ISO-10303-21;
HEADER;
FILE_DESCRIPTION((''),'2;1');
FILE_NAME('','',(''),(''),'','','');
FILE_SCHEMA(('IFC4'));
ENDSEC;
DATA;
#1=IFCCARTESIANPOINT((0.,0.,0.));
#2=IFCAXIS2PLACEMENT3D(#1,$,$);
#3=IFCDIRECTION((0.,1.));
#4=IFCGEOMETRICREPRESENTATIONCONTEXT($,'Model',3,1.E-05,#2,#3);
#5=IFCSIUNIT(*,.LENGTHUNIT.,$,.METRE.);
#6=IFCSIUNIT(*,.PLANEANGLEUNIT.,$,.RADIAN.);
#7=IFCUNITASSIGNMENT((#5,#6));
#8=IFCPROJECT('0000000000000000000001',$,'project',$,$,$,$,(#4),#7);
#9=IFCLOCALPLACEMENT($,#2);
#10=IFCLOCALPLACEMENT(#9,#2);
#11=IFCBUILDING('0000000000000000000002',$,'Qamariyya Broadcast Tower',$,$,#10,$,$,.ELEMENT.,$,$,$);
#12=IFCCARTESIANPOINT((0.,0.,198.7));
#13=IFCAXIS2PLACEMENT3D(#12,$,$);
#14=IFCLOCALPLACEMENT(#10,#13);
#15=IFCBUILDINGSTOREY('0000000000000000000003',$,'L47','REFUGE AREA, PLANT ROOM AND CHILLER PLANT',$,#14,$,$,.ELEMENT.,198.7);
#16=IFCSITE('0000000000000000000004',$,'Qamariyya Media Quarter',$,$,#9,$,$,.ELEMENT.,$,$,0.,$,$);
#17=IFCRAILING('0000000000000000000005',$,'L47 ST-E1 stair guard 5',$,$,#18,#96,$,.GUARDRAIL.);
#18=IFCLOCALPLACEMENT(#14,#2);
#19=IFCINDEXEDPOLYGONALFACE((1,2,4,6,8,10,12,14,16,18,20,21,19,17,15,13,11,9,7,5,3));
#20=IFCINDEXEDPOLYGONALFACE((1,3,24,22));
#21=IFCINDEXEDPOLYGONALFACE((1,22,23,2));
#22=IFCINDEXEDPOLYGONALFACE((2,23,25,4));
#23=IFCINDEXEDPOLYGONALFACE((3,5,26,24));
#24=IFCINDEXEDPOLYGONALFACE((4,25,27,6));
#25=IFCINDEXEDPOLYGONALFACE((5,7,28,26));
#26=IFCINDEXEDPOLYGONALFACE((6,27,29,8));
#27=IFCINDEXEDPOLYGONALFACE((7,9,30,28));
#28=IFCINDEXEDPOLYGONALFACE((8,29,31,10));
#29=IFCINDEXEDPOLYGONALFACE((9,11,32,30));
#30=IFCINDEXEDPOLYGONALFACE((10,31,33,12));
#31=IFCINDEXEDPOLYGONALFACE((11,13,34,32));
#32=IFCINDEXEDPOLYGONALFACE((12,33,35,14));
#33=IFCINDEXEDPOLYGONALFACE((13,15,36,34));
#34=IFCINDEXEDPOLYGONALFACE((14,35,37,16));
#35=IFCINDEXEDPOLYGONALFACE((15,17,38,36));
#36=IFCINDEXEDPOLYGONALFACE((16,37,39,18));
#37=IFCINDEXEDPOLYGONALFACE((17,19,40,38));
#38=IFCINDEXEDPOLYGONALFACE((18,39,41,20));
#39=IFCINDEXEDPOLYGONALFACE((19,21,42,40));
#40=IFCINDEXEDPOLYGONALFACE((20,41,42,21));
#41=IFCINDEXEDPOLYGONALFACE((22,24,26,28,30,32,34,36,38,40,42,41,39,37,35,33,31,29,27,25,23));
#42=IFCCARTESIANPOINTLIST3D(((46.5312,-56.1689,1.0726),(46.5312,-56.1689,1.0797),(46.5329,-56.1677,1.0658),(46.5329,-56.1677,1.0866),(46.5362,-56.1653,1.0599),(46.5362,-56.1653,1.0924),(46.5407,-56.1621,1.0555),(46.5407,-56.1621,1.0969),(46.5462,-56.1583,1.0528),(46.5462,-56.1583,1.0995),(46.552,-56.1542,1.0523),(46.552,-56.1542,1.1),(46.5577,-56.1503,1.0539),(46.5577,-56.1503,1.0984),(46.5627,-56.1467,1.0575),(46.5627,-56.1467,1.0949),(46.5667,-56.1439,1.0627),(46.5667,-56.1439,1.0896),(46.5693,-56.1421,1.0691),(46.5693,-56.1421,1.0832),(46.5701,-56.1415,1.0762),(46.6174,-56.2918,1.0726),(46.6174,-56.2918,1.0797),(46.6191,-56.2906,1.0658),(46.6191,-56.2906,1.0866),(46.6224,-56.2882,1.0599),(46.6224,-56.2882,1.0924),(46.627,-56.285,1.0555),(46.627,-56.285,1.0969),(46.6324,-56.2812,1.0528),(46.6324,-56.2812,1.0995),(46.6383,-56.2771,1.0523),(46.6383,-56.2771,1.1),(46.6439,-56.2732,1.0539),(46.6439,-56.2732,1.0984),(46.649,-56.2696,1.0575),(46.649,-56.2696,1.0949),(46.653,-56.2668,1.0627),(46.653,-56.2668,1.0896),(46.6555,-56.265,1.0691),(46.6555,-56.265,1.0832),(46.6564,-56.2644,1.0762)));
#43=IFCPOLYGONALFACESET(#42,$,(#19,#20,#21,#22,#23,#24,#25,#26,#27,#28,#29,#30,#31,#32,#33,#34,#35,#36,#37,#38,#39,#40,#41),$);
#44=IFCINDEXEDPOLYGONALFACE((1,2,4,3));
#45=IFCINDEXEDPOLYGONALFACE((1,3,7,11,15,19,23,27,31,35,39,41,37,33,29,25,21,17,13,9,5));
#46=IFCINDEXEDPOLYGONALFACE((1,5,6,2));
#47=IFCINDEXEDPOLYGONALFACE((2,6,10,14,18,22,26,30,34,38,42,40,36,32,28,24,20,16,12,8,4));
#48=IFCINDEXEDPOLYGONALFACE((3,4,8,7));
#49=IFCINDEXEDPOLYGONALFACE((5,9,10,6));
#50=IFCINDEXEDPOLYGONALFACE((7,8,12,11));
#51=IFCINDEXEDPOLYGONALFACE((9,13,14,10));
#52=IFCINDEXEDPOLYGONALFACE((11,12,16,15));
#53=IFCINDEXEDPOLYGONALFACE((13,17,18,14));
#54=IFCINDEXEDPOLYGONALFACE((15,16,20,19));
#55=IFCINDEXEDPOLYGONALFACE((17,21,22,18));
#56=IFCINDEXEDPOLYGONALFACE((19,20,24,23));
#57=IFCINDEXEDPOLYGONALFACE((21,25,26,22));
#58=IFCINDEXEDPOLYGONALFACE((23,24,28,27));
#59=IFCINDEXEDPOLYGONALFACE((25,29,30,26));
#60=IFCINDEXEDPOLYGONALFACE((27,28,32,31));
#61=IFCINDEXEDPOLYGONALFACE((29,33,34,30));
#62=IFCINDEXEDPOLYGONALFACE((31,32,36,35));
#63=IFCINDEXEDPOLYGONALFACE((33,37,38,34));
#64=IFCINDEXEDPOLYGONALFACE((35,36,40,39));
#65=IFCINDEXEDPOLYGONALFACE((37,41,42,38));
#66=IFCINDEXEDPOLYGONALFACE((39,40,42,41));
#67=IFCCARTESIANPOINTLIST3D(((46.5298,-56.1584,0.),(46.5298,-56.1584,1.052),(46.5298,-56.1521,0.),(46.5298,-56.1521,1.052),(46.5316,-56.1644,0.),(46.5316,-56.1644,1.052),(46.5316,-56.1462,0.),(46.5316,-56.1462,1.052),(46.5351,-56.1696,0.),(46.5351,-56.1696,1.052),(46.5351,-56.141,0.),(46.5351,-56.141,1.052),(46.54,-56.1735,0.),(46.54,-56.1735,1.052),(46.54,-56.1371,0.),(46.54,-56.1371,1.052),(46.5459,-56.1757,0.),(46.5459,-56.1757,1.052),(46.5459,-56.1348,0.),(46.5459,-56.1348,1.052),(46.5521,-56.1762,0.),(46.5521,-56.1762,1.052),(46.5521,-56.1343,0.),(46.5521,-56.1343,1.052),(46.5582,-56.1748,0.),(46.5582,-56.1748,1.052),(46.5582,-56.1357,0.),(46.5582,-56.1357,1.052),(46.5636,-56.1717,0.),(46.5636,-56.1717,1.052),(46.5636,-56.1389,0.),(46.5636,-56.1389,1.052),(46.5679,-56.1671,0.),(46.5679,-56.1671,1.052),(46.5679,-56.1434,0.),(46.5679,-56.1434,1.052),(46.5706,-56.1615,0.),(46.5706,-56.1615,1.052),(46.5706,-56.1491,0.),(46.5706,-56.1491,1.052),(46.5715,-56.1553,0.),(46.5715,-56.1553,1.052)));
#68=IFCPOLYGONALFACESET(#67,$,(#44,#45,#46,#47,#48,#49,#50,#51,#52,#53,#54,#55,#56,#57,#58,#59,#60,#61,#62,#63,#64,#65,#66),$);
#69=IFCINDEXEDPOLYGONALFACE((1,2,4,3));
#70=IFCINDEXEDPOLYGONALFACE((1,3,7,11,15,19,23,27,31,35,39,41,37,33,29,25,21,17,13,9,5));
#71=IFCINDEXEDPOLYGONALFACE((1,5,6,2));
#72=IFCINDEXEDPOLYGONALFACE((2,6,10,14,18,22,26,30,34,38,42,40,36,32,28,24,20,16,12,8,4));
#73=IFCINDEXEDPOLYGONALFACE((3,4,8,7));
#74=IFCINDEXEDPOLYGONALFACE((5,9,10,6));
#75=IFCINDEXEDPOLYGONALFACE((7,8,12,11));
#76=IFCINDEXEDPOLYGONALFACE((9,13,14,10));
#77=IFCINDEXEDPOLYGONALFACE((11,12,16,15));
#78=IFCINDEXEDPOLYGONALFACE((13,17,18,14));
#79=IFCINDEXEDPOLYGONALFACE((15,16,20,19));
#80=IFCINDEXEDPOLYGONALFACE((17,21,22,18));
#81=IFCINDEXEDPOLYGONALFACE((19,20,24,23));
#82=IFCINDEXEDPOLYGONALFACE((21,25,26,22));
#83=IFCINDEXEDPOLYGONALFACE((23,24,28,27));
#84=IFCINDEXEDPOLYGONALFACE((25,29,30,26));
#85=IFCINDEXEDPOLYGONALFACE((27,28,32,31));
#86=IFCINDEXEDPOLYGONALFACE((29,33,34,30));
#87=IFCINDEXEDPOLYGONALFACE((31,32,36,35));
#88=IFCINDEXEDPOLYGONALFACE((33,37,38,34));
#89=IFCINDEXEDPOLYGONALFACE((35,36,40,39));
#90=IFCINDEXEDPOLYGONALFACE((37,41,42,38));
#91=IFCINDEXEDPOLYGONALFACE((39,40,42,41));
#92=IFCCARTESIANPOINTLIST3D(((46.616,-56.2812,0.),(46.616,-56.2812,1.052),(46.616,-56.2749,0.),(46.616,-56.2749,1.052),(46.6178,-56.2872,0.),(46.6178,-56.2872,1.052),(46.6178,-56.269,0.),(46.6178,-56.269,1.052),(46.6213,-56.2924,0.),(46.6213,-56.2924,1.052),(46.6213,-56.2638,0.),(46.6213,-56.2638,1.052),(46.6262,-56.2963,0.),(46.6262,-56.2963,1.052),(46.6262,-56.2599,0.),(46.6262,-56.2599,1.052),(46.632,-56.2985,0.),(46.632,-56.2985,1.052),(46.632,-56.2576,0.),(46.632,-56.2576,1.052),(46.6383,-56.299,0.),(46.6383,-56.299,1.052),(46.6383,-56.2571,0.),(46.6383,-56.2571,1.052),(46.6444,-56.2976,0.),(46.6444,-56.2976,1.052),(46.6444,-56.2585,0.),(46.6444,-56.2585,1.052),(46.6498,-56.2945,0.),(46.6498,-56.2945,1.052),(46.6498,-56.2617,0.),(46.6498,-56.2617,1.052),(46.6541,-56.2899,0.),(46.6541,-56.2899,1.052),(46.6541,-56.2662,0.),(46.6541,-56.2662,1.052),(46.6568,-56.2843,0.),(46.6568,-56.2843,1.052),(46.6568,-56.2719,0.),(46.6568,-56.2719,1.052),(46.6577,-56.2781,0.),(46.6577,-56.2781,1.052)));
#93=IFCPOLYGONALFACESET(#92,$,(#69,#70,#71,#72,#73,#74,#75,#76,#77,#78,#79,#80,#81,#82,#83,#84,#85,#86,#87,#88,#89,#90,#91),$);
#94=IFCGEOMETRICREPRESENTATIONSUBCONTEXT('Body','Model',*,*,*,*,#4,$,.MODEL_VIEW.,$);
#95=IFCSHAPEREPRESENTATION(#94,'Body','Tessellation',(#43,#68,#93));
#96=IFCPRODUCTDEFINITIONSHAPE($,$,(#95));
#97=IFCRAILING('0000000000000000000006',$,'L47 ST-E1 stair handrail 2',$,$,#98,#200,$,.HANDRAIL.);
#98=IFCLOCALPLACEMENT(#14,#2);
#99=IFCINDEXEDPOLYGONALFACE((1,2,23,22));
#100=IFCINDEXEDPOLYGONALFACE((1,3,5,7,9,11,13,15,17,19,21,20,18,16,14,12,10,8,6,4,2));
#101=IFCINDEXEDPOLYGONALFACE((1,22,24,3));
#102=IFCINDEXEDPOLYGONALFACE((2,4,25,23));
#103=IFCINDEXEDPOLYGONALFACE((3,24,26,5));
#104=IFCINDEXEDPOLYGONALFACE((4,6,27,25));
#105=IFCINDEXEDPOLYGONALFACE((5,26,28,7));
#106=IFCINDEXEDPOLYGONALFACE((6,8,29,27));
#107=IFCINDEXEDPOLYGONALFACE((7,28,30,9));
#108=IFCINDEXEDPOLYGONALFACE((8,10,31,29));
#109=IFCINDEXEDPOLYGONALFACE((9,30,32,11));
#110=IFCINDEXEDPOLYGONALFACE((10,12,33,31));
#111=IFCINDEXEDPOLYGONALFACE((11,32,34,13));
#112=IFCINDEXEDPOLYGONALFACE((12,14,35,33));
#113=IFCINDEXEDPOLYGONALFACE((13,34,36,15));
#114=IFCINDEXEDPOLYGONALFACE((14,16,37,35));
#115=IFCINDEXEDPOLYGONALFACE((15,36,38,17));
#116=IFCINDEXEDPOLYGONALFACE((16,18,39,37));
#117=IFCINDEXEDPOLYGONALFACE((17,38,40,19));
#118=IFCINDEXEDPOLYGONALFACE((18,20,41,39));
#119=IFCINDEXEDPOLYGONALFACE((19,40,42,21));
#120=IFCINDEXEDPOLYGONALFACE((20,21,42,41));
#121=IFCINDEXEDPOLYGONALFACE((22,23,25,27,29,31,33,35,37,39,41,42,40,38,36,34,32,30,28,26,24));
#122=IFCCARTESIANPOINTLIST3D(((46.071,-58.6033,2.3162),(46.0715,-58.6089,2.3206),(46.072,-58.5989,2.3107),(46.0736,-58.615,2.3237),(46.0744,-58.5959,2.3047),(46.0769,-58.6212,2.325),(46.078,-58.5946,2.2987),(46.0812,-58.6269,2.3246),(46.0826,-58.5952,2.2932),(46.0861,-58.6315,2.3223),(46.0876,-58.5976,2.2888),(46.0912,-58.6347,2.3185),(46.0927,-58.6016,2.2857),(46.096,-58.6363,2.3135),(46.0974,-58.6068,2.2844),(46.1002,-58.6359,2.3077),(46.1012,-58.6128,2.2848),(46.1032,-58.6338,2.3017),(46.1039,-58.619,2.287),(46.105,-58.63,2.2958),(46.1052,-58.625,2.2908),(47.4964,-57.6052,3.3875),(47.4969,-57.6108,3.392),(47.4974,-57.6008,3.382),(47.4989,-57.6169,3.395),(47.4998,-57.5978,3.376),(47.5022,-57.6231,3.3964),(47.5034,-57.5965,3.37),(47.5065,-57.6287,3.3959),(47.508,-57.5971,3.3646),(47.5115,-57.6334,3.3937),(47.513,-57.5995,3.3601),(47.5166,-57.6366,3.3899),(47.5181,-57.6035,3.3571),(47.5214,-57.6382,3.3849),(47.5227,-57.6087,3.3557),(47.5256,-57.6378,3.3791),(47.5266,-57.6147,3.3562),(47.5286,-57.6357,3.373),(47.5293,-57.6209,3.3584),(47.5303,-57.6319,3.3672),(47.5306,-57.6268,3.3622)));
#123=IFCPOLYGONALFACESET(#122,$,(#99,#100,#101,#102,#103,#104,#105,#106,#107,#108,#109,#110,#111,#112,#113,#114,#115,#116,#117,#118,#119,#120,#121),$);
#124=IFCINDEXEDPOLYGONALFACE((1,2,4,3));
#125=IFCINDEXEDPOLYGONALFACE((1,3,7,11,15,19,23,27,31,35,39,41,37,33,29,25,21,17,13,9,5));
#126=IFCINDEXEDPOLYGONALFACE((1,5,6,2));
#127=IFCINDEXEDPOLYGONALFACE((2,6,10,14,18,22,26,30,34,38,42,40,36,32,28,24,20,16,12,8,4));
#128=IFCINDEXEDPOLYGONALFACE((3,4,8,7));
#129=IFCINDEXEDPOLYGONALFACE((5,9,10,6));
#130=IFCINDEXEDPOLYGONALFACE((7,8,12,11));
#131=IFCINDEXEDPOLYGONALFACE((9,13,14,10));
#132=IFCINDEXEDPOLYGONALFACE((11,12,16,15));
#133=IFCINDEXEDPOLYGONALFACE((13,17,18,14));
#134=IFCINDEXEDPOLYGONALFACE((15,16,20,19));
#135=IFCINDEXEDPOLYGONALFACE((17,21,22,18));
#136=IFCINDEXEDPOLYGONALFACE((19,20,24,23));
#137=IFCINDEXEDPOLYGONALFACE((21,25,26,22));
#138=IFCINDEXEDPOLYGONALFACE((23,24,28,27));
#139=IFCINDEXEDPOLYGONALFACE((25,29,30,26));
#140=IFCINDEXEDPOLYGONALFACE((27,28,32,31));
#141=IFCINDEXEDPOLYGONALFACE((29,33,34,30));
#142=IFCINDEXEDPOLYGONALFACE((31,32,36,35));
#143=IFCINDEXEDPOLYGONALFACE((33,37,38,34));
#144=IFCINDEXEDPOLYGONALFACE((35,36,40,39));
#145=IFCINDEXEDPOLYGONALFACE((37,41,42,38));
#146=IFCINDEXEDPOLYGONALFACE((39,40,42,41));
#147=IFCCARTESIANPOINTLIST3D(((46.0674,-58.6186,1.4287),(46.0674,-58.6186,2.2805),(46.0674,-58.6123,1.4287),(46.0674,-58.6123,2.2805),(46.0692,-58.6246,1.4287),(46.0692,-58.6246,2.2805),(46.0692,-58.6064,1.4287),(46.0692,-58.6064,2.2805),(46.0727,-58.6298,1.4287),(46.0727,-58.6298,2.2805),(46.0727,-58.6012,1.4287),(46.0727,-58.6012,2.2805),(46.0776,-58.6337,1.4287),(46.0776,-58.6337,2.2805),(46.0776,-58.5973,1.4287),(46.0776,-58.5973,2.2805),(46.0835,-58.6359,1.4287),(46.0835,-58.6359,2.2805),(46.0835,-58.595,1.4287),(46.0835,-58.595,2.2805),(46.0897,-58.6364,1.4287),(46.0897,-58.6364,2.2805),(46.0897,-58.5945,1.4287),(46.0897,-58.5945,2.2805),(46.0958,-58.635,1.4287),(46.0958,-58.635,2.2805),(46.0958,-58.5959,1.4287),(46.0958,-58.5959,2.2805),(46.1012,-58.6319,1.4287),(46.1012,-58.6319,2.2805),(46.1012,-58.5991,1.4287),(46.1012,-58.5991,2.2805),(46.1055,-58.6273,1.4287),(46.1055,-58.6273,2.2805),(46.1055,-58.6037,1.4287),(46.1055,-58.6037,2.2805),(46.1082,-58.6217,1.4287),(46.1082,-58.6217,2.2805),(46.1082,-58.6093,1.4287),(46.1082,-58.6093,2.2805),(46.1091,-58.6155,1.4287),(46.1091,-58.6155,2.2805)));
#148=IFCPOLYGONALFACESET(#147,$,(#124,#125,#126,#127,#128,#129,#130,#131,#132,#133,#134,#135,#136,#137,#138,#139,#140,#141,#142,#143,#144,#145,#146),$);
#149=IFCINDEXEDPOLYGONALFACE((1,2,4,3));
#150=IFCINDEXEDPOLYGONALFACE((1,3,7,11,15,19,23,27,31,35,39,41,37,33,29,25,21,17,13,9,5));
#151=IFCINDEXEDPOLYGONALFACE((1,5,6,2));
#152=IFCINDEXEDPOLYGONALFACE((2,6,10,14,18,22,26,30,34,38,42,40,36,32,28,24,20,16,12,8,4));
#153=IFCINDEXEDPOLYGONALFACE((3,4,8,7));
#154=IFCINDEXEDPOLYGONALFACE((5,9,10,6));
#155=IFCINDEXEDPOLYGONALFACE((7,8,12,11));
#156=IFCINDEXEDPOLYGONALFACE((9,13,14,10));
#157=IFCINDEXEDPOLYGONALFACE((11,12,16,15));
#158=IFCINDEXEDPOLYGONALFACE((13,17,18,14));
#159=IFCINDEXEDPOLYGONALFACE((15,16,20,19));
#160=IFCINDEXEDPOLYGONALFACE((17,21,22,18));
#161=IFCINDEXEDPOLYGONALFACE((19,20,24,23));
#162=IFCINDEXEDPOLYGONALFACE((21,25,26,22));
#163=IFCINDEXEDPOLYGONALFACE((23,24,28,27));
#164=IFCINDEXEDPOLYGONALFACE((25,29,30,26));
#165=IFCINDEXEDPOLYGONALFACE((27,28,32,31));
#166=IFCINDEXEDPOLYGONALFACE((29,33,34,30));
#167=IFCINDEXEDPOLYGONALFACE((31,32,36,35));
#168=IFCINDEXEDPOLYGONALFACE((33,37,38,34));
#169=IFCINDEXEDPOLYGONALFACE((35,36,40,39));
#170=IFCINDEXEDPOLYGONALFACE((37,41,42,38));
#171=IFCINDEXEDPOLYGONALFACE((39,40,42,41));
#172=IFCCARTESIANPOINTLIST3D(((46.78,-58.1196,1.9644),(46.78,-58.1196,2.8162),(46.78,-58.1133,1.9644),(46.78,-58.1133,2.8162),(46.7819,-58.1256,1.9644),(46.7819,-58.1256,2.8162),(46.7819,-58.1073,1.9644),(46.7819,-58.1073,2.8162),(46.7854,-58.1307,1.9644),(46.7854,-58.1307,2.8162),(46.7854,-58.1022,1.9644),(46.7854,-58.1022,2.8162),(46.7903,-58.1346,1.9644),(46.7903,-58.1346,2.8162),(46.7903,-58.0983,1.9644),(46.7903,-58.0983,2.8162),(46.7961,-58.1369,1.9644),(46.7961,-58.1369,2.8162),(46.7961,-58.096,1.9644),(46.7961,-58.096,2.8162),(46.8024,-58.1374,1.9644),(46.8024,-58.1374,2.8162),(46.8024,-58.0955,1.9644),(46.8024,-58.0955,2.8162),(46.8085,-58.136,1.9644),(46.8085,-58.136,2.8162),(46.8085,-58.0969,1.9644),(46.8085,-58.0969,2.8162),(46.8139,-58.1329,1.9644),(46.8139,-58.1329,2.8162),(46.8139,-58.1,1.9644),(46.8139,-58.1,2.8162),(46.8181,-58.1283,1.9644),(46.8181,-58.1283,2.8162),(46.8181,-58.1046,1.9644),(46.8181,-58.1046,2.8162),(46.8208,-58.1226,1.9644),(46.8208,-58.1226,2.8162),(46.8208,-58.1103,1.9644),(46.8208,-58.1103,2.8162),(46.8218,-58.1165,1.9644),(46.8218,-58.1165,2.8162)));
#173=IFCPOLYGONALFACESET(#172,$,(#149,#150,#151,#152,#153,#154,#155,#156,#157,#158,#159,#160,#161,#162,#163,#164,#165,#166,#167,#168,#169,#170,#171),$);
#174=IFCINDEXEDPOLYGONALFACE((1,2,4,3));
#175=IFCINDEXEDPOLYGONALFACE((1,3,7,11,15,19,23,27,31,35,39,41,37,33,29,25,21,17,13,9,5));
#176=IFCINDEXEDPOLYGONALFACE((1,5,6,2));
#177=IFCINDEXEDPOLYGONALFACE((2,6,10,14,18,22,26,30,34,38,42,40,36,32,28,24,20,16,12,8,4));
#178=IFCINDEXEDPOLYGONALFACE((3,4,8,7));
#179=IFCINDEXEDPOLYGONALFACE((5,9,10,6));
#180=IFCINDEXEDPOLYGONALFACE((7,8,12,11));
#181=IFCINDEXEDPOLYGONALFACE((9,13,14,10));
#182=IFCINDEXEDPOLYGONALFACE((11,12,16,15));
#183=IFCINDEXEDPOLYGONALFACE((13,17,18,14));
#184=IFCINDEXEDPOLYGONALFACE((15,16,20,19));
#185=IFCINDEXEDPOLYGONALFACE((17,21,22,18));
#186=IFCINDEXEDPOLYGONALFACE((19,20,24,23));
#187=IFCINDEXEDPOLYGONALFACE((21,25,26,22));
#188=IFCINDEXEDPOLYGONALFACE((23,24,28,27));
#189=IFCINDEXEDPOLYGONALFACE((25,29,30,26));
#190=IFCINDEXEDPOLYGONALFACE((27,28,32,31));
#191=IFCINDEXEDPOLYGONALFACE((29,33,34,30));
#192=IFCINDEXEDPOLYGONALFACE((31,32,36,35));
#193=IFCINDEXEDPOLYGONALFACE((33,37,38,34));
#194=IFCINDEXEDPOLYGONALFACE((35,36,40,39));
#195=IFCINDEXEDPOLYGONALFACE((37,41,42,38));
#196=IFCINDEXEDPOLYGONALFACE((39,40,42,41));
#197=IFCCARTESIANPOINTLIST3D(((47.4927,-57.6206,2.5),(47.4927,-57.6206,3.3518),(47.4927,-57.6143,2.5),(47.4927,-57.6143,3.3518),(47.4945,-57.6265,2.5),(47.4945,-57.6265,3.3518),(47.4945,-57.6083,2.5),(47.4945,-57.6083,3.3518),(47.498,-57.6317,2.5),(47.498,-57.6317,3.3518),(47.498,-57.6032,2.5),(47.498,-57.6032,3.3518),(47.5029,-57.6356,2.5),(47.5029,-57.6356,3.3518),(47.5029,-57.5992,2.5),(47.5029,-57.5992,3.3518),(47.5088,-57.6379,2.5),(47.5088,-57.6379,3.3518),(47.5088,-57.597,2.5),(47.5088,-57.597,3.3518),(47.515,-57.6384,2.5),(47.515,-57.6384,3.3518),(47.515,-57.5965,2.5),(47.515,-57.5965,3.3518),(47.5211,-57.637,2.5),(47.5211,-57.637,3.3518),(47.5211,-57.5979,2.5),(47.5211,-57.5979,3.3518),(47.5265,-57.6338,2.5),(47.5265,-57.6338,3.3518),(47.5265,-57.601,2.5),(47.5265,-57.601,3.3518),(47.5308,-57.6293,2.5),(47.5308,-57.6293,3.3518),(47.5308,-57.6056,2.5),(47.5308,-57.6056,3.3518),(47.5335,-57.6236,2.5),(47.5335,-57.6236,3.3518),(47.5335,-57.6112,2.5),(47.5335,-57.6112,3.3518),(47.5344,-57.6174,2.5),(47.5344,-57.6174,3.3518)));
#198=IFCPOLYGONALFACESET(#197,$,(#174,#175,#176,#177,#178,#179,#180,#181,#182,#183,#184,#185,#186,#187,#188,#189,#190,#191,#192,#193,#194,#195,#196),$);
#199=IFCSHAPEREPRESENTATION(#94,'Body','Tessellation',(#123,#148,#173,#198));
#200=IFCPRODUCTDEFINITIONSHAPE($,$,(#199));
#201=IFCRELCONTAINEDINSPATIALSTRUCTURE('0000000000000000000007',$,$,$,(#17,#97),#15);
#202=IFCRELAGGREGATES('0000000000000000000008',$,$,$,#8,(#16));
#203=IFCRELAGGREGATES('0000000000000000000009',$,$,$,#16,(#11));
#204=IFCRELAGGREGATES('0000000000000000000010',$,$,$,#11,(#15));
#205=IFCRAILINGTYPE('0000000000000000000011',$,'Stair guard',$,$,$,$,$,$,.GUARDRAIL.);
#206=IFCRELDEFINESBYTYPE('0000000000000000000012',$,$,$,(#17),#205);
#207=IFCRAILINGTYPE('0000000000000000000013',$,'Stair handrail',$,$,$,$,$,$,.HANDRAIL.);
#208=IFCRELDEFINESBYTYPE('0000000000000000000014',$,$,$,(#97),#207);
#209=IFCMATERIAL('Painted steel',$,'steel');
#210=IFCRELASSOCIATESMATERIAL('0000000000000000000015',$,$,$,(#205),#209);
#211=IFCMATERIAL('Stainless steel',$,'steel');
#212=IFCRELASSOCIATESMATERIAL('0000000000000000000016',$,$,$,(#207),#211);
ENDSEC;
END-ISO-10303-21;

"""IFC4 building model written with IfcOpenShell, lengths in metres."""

from ifc_helpers import new_model, si_unit, direction, frame, origin, origin_2d, place, context, subcontext, project, spatial, circle, extrude, material, type_object, element, save


model = new_model("IFC4")

# Units and contexts
model_context = context("Model", 3, precision=1e-05, world=origin(), true_north=direction((0.0, 1.0)))
body_context = subcontext(model_context, "Body", "Model", "MODEL_VIEW")
ifc_project = project(units=[si_unit("LENGTHUNIT", "METRE"), si_unit("PLANEANGLEUNIT", "RADIAN")], contexts=[model_context])

# Site, building, storey
site_placement = place(None, origin())
site = spatial("IfcSite", under=ifc_project, at=site_placement, Name="Qamariyya Media Quarter", CompositionType="ELEMENT", RefElevation=0.0)
building_placement = place(site_placement, origin())
building = spatial("IfcBuilding", under=site, at=building_placement, Name="Qamariyya Broadcast Tower", CompositionType="ELEMENT")
storey_placement = place(building_placement, frame((0.0, 0.0, 198.7)))
storey = spatial("IfcBuildingStorey", under=building, at=storey_placement, Name="L47", Description="REFUGE AREA, PLANT ROOM AND CHILLER PLANT", CompositionType="ELEMENT", Elevation=198.7)

# Railings
ifc_material_1 = material(Name="Painted steel", Category="steel")
railing_type_1 = type_object("IfcRailingType", Name="Stair guard", PredefinedType="GUARDRAIL", material=ifc_material_1)
railing_1_placement = place(storey_placement, frame((46.5505, -56.1553, 0.0)))
element("IfcRailing", 1, at=railing_1_placement, inside=storey, type_object=railing_type_1, Name="L47 ST-E1 stair guard 5", PredefinedType="GUARDRAIL", context=body_context, shape_type="SweptSolid", body=[
    extrude(circle(Radius=0.0239, at=origin_2d()), frame((0.0, 0.0, 1.0762), z_axis=(0.574445, -0.818543, 0.0), x_axis=(0.818543, 0.574445, 0.0)), (0.0, 0.0, 1.0), 0.1501),
    extrude(circle(Radius=0.021, at=origin_2d()), origin(), (0.0, 0.0, 1.0), 1.052),
    extrude(circle(Radius=0.021, at=origin_2d()), frame((0.0862, -0.1228, 0.0)), (0.0, 0.0, 1.0), 1.052),
])
ifc_material_2 = material(Name="Stainless steel", Category="steel")
railing_type_2 = type_object("IfcRailingType", Name="Stair handrail", PredefinedType="HANDRAIL", material=ifc_material_2)
for number, where, name in (
    (2, (46.0881, -58.6155, 1.4287), "L47 ST-E1 stair handrail 2"),
):
    element("IfcRailing", number, at=place(storey_placement, frame(where)), inside=storey, type_object=railing_type_2, Name=name, PredefinedType="HANDRAIL", context=body_context, shape_type="SweptSolid", body=[
        extrude(circle(Radius=0.0239, at=origin_2d()), frame((0.0, 0.0, 0.876), z_axis=(0.697533, 0.48844, 0.524285), x_axis=(-0.573594, 0.81914, 0.0)), (0.0, 0.0, 1.0), 2.0435),
        extrude(circle(Radius=0.021, at=origin_2d()), origin(), (0.0, 0.0, 1.0), 0.8518),
        extrude(circle(Radius=0.021, at=origin_2d()), frame((0.7126, 0.499, 0.5356)), (0.0, 0.0, 1.0), 0.8518),
        extrude(circle(Radius=0.021, at=origin_2d()), frame((1.4253, 0.998, 1.0713)), (0.0, 0.0, 1.0), 0.8518),
    ])

save(model, "model.ifc")
